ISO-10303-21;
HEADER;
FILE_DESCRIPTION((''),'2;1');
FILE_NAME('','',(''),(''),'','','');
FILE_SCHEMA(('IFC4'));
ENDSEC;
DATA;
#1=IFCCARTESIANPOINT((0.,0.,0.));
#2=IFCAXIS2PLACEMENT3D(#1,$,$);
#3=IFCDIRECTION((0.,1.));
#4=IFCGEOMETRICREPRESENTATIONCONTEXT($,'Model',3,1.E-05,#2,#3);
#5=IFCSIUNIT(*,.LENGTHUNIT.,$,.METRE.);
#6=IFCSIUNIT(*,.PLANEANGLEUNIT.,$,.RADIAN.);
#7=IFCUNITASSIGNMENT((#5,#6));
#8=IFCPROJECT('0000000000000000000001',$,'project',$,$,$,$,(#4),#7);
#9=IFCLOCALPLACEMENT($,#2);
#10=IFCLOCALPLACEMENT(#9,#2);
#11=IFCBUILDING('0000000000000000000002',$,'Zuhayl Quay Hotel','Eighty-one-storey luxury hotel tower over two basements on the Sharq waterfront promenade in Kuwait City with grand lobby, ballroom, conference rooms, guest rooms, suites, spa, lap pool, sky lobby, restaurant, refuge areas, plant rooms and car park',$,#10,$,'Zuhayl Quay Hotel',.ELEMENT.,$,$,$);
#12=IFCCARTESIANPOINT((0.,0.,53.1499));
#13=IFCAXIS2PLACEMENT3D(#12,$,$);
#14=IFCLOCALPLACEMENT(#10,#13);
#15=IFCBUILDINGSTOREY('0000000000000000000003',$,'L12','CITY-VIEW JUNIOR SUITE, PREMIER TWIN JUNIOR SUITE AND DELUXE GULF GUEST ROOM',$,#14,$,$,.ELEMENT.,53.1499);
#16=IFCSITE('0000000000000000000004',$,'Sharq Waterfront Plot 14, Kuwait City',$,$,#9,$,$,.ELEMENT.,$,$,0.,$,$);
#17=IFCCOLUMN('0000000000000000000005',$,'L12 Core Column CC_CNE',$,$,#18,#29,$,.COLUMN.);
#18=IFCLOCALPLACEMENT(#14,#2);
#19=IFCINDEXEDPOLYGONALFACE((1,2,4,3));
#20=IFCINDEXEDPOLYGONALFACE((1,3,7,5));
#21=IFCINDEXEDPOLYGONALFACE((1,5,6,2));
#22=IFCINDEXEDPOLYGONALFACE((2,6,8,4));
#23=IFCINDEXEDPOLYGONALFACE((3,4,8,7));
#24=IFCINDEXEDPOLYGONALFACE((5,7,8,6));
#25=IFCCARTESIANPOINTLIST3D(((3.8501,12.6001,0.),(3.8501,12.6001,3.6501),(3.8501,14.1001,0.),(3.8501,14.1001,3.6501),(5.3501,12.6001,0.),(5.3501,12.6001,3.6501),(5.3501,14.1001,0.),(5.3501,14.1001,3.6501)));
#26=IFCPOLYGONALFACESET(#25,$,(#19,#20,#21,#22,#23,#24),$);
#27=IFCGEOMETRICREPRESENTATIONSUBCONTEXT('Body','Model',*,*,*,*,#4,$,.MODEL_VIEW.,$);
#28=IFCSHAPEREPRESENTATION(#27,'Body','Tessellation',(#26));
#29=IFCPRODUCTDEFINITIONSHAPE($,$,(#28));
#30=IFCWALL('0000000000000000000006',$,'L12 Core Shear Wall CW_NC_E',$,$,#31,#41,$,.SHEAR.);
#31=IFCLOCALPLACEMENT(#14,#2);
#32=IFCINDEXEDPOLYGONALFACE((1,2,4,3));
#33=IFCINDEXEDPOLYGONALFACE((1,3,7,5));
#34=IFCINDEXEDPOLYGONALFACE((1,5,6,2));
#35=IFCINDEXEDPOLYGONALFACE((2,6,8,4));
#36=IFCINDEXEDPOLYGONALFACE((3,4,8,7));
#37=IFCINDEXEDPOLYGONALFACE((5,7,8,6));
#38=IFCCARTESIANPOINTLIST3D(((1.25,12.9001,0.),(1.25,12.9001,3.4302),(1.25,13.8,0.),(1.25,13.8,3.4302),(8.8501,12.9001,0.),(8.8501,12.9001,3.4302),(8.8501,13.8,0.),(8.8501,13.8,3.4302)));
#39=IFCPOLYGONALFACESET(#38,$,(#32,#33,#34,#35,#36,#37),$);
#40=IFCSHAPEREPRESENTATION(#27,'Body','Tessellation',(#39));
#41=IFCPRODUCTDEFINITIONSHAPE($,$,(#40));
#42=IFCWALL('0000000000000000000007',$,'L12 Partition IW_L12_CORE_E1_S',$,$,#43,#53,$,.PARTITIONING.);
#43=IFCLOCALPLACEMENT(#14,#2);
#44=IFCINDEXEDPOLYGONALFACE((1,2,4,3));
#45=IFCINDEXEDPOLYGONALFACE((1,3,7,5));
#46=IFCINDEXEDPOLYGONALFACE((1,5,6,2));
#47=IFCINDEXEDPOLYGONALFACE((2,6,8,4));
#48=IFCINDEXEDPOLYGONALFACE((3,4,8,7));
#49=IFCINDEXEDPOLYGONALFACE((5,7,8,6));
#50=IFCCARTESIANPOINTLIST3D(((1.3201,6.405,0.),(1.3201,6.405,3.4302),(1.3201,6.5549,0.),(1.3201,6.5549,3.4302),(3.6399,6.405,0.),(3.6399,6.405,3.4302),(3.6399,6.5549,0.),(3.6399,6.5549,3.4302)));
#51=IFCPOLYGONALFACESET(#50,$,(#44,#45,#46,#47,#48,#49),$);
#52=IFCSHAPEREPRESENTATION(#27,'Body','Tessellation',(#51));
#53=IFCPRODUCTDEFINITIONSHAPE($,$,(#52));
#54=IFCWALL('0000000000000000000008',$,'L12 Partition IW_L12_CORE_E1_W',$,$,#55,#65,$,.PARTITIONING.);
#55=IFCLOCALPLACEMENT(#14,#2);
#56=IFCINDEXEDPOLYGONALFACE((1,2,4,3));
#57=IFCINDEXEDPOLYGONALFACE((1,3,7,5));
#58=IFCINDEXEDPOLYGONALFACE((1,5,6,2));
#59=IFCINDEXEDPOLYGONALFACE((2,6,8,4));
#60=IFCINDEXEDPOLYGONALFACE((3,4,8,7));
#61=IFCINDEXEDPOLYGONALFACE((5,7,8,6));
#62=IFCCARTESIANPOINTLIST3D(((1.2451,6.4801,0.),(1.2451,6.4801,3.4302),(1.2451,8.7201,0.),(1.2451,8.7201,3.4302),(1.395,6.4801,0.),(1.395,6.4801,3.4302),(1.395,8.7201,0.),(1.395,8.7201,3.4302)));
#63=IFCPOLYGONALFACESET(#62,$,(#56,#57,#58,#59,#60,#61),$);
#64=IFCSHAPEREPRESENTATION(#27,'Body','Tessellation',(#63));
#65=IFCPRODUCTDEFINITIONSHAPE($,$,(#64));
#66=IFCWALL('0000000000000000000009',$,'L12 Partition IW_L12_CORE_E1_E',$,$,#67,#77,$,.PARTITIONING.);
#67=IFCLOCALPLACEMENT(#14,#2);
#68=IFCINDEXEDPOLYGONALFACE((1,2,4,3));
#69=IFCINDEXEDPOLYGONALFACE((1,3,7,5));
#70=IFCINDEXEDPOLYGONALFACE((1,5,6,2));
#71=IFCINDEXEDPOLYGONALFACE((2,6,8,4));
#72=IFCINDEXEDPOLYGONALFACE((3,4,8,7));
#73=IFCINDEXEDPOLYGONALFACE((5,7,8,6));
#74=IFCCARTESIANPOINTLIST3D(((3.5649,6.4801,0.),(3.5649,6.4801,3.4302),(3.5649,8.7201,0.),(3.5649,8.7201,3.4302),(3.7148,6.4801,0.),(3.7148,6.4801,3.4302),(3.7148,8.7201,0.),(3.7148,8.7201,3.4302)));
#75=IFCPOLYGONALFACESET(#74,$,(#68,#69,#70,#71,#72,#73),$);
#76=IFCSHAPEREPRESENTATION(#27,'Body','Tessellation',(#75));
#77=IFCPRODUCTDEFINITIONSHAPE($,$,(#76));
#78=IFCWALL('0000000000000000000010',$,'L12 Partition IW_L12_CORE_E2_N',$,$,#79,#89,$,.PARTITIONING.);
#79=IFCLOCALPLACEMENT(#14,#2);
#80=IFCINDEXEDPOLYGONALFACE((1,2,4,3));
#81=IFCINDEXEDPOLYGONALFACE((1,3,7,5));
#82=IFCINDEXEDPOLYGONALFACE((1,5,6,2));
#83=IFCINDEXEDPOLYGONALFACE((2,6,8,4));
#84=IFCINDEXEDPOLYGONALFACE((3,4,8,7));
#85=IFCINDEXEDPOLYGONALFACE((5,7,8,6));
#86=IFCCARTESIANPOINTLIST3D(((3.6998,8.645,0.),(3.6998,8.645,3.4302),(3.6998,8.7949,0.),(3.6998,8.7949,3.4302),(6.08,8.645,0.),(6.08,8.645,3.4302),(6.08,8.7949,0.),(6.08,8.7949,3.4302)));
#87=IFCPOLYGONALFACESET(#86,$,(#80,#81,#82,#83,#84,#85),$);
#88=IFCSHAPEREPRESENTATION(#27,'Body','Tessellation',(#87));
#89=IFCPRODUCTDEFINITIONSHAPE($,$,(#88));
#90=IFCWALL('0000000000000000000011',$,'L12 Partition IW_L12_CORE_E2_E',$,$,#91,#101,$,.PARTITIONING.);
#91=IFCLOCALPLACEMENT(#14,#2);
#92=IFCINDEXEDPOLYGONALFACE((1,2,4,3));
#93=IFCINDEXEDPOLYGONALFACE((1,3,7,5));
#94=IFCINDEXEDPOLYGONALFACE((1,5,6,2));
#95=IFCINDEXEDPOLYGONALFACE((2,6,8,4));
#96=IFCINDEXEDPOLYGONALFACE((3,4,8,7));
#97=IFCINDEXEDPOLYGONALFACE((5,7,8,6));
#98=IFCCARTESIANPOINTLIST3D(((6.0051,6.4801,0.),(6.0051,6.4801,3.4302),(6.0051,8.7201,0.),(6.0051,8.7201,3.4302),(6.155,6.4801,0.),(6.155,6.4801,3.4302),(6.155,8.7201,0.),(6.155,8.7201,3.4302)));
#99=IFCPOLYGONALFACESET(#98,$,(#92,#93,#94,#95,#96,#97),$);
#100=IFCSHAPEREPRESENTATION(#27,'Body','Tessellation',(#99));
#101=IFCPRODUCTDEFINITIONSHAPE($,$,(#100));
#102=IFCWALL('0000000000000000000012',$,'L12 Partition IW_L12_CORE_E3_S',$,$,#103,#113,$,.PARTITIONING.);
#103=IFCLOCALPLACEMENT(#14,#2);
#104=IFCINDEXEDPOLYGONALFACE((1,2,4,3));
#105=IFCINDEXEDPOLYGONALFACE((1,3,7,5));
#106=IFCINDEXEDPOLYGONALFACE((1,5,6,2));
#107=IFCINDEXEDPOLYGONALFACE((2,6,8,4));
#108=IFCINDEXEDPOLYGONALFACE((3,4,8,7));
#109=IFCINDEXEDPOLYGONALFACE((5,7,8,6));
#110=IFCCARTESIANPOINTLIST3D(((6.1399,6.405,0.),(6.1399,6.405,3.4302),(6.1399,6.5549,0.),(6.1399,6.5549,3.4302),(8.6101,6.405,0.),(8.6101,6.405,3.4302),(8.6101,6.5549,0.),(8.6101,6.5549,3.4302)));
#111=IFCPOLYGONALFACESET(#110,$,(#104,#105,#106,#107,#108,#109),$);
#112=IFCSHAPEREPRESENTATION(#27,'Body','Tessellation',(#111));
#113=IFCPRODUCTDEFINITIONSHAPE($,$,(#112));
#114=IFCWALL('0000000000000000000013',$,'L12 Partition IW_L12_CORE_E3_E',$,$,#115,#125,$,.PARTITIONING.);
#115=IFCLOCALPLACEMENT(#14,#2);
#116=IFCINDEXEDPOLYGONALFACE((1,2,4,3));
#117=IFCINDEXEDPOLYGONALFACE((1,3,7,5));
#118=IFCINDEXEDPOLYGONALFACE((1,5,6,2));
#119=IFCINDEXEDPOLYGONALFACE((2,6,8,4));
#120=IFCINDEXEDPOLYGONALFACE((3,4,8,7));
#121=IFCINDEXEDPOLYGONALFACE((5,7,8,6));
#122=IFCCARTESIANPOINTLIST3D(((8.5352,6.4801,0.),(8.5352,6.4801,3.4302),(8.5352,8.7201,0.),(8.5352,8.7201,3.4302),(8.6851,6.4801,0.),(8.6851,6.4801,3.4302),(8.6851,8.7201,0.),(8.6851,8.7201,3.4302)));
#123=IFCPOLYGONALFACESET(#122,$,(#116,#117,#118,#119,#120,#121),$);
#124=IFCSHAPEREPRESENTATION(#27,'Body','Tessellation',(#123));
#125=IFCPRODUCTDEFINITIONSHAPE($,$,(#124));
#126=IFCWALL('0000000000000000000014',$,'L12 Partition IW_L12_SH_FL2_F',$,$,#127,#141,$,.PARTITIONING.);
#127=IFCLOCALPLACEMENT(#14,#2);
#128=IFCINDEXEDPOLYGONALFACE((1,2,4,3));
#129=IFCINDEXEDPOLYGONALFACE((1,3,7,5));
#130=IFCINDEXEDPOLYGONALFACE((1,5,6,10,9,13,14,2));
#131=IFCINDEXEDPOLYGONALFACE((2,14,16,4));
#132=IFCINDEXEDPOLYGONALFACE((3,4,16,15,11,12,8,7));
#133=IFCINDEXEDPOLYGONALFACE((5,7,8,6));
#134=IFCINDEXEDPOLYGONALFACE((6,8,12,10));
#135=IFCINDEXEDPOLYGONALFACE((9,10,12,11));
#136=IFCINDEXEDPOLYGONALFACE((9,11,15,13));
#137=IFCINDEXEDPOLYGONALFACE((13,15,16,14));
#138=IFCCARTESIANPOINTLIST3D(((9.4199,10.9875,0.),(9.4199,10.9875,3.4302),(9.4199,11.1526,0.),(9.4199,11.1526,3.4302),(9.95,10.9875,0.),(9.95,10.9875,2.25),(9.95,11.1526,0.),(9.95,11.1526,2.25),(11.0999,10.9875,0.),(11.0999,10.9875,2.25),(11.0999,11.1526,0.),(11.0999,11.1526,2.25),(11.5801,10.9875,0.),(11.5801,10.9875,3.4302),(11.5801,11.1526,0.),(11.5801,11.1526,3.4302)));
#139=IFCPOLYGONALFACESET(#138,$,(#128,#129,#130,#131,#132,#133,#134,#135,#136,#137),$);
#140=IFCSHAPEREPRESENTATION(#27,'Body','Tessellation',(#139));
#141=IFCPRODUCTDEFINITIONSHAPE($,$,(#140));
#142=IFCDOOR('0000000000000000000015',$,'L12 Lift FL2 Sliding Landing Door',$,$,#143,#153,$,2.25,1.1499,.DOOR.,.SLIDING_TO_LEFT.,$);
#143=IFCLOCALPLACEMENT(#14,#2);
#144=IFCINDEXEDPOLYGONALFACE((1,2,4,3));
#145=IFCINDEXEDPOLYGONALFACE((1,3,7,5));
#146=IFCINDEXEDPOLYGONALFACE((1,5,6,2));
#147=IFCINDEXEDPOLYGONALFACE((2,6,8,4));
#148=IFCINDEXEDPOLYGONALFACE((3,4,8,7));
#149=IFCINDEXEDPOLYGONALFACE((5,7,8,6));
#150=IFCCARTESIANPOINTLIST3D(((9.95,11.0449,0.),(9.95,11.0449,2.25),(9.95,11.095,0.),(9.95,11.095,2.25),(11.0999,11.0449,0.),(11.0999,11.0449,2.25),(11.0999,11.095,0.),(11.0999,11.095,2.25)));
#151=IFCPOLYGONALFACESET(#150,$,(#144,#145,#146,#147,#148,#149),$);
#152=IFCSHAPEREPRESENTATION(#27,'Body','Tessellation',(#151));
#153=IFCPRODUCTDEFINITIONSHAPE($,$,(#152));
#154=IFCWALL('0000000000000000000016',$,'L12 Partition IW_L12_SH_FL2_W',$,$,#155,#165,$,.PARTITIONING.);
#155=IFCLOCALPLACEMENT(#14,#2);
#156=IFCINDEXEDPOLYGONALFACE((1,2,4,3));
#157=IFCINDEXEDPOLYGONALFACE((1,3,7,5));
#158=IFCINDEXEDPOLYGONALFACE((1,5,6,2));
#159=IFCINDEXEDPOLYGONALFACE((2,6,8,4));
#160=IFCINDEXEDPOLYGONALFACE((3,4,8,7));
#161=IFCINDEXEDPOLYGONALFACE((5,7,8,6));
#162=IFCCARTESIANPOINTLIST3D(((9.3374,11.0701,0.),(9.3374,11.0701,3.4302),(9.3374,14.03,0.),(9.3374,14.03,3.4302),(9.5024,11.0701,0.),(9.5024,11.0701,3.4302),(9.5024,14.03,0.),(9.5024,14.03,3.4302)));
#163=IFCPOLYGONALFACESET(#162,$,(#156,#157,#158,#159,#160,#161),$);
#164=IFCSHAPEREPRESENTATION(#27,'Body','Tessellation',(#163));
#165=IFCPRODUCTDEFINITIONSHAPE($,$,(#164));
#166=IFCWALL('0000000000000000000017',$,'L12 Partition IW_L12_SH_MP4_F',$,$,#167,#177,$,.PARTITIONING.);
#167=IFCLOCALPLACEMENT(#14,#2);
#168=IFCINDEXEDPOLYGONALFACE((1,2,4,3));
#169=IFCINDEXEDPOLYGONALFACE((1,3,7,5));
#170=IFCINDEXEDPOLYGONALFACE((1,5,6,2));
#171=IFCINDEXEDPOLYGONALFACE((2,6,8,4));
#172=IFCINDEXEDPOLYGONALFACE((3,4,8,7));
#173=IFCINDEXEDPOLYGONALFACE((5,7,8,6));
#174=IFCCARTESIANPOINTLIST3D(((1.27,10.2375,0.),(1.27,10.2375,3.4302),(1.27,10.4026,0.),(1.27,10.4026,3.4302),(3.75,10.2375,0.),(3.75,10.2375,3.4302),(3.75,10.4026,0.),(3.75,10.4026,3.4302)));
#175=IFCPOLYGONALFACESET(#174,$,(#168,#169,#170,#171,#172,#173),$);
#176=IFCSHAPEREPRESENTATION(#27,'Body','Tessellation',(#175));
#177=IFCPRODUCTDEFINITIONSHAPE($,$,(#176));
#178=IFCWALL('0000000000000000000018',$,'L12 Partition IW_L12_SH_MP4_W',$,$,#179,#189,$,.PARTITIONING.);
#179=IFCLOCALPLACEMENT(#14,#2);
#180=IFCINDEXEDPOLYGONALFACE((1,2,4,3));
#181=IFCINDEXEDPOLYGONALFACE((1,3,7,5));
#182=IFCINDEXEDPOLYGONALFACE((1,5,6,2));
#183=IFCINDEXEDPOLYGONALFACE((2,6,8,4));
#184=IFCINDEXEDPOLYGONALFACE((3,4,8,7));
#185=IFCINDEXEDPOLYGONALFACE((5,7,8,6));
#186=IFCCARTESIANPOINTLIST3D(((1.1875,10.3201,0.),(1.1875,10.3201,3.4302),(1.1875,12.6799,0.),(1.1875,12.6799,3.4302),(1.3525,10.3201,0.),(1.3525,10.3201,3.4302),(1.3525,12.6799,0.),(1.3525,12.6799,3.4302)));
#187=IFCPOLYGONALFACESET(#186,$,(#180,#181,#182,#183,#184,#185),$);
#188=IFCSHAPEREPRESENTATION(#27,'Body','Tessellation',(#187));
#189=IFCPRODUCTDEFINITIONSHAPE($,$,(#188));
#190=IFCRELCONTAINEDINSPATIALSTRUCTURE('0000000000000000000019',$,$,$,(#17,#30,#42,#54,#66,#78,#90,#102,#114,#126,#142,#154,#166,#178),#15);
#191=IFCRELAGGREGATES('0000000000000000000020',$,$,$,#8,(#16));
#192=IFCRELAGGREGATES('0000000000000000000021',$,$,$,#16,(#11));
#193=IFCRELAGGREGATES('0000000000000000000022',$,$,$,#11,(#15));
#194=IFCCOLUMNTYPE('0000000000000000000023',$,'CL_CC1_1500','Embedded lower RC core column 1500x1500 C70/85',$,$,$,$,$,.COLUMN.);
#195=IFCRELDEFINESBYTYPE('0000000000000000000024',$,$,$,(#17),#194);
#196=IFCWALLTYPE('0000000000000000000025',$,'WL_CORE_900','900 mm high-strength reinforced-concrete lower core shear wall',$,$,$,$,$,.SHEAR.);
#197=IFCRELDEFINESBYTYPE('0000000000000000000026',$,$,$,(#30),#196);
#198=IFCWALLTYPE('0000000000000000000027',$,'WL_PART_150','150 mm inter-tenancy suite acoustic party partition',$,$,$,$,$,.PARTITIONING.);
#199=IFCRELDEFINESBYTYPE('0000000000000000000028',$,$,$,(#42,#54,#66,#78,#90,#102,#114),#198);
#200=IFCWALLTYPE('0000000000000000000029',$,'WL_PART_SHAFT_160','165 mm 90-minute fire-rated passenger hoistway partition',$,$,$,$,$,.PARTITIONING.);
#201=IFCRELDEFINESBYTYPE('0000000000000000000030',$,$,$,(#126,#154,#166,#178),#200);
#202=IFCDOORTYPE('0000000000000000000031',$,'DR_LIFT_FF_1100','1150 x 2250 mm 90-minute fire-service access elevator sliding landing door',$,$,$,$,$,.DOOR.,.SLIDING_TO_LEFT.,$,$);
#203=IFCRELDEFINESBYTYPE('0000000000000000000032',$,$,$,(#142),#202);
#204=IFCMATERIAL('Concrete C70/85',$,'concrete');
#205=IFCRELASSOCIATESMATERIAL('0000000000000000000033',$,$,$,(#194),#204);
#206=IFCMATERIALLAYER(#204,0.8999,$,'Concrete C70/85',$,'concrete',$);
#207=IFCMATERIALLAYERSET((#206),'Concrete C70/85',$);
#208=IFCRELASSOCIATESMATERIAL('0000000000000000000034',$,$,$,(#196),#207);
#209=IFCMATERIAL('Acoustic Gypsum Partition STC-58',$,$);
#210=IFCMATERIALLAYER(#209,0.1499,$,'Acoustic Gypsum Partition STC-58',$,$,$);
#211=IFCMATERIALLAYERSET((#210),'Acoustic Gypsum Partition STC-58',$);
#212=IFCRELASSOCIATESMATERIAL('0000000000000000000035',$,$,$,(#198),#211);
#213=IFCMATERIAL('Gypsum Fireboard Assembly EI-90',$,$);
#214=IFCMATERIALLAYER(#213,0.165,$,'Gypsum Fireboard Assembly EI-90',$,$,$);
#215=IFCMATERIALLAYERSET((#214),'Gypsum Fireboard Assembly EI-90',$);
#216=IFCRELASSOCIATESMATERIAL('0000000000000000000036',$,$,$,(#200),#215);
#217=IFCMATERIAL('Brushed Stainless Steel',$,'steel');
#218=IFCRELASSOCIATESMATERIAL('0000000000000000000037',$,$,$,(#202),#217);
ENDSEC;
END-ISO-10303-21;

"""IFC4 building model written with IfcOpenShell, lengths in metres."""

from ifc_helpers import new_model, si_unit, direction, frame, frame_2d, origin, origin_2d, place, context, subcontext, project, spatial, rectangle, extrude, material, layer, layer_set, material_profile, profile_set, type_object, element, fill, save


model = new_model("IFC4")

# Units and contexts
model_context = context("Model", 3, precision=1e-05, world=origin(), true_north=direction((0.0, 1.0)))
body_context = subcontext(model_context, "Body", "Model", "MODEL_VIEW")
ifc_project = project(units=[si_unit("LENGTHUNIT", "METRE"), si_unit("PLANEANGLEUNIT", "RADIAN")], contexts=[model_context])

# Site, building, storey
site_placement = place(None, origin())
site = spatial("IfcSite", under=ifc_project, at=site_placement, Name="Sharq Waterfront Plot 14, Kuwait City", CompositionType="ELEMENT", RefElevation=0.0)
building_placement = place(site_placement, origin())
building = spatial("IfcBuilding", under=site, at=building_placement, Name="Zuhayl Quay Hotel", Description="Eighty-one-storey luxury hotel tower over two basements on the Sharq waterfront promenade in Kuwait City with grand lobby, ballroom, conference rooms, guest rooms, suites, spa, lap pool, sky lobby, restaurant, refuge areas, plant rooms and car park", LongName="Zuhayl Quay Hotel", CompositionType="ELEMENT")
storey_placement = place(building_placement, frame((0.0, 0.0, 53.1499)))
storey = spatial("IfcBuildingStorey", under=building, at=storey_placement, Name="L12", Description="CITY-VIEW JUNIOR SUITE, PREMIER TWIN JUNIOR SUITE AND DELUXE GULF GUEST ROOM", CompositionType="ELEMENT", Elevation=53.1499)

# Column
ifc_material_1 = material(Name="Concrete C70/85", Category="concrete")
ifc_material_profile = material_profile(ifc_material_1, rectangle(XDim=1.5, YDim=1.5, at=origin_2d()), Name="RC1500X1500")
ifc_profile_set = profile_set([ifc_material_profile], Name="Concrete C70/85")
column_type = type_object("IfcColumnType", Name="CL_CC1_1500", Description="Embedded lower RC core column 1500x1500 C70/85", PredefinedType="COLUMN", material=ifc_profile_set)
column_placement = place(storey_placement, frame((4.6001, 13.3501, 0.0), z_axis=(0.0, 0.0, 1.0), x_axis=(1.0, 0.0, 0.0)))
element("IfcColumn", 1, at=column_placement, inside=storey, type_object=column_type, Name="L12 Core Column CC_CNE", PredefinedType="COLUMN", context=body_context, shape_type="SweptSolid", body=[
    extrude(rectangle(XDim=1.5, YDim=1.5, at=origin_2d()), origin(), (0.0, 0.0, 1.0), 3.6501),
])

# Wall
ifc_layer_1 = layer(ifc_material_1, 0.8999, Name="Concrete C70/85", Category="concrete")
ifc_layer_set_1 = layer_set([ifc_layer_1], Name="Concrete C70/85")
wall_type_1 = type_object("IfcWallType", Name="WL_CORE_900", Description="900 mm high-strength reinforced-concrete lower core shear wall", PredefinedType="SHEAR", material=ifc_layer_set_1)
wall_1_placement = place(storey_placement, frame((1.25, 13.3501, 0.0), z_axis=(0.0, 0.0, 1.0), x_axis=(1.0, 0.0, 0.0)))
element("IfcWall", 2, at=wall_1_placement, inside=storey, type_object=wall_type_1, Name="L12 Core Shear Wall CW_NC_E", PredefinedType="SHEAR", context=body_context, shape_type="SweptSolid", body=[
    extrude(rectangle(XDim=7.6001, YDim=0.8999, at=frame_2d((3.8, 0.0))), origin(), (0.0, 0.0, 1.0), 3.4302),
])

# Shared definitions
ifc_material_2 = material(Name="Acoustic Gypsum Partition STC-58")
ifc_layer_2 = layer(ifc_material_2, 0.1499, Name="Acoustic Gypsum Partition STC-58")
ifc_layer_set_2 = layer_set([ifc_layer_2], Name="Acoustic Gypsum Partition STC-58")
wall_type_2 = type_object("IfcWallType", Name="WL_PART_150", Description="150 mm inter-tenancy suite acoustic party partition", PredefinedType="PARTITIONING", material=ifc_layer_set_2)

# Walls
wall_2_placement = place(storey_placement, frame((1.3201, 6.48, 0.0), z_axis=(0.0, 0.0, 1.0), x_axis=(1.0, 0.0, 0.0)))
element("IfcWall", 3, at=wall_2_placement, inside=storey, type_object=wall_type_2, Name="L12 Partition IW_L12_CORE_E1_S", PredefinedType="PARTITIONING", context=body_context, shape_type="SweptSolid", body=[
    extrude(rectangle(XDim=2.3198, YDim=0.1499, at=frame_2d((1.1599, 0.0))), origin(), (0.0, 0.0, 1.0), 3.4302),
])
for number, where, z_axis, x_axis, name in (
    (4, (1.3201, 6.48, 0.0), (0.0, 0.0, 1.0), (0.0, 1.0, 0.0), "L12 Partition IW_L12_CORE_E1_W"),
    (5, (3.6399, 6.48, 0.0), (0.0, 0.0, 1.0), (0.0, 1.0, 0.0), "L12 Partition IW_L12_CORE_E1_E"),
):
    element("IfcWall", number, at=place(storey_placement, frame(where, z_axis=z_axis, x_axis=x_axis)), inside=storey, type_object=wall_type_2, Name=name, PredefinedType="PARTITIONING", context=body_context, shape_type="SweptSolid", body=[
        extrude(rectangle(XDim=2.24, YDim=0.1499, at=frame_2d((1.1201, 0.0))), origin(), (0.0, 0.0, 1.0), 3.4302),
    ])
wall_3_placement = place(storey_placement, frame((3.7, 8.72, 0.0), z_axis=(0.0, 0.0, 1.0), x_axis=(1.0, 0.0, 0.0)))
element("IfcWall", 6, at=wall_3_placement, inside=storey, type_object=wall_type_2, Name="L12 Partition IW_L12_CORE_E2_N", PredefinedType="PARTITIONING", context=body_context, shape_type="SweptSolid", body=[
    extrude(rectangle(XDim=2.3801, YDim=0.1499, at=frame_2d((1.1899, 0.0))), origin(), (0.0, 0.0, 1.0), 3.4302),
])
wall_4_placement = place(storey_placement, frame((6.0801, 6.48, 0.0), z_axis=(0.0, 0.0, 1.0), x_axis=(0.0, 1.0, 0.0)))
element("IfcWall", 7, at=wall_4_placement, inside=storey, type_object=wall_type_2, Name="L12 Partition IW_L12_CORE_E2_E", PredefinedType="PARTITIONING", context=body_context, shape_type="SweptSolid", body=[
    extrude(rectangle(XDim=2.24, YDim=0.1499, at=frame_2d((1.1201, 0.0))), origin(), (0.0, 0.0, 1.0), 3.4302),
])
wall_5_placement = place(storey_placement, frame((6.1399, 6.48, 0.0), z_axis=(0.0, 0.0, 1.0), x_axis=(1.0, 0.0, 0.0)))
element("IfcWall", 8, at=wall_5_placement, inside=storey, type_object=wall_type_2, Name="L12 Partition IW_L12_CORE_E3_S", PredefinedType="PARTITIONING", context=body_context, shape_type="SweptSolid", body=[
    extrude(rectangle(XDim=2.4702, YDim=0.1499, at=frame_2d((1.2351, 0.0))), origin(), (0.0, 0.0, 1.0), 3.4302),
])
wall_6_placement = place(storey_placement, frame((8.6101, 6.48, 0.0), z_axis=(0.0, 0.0, 1.0), x_axis=(0.0, 1.0, 0.0)))
element("IfcWall", 9, at=wall_6_placement, inside=storey, type_object=wall_type_2, Name="L12 Partition IW_L12_CORE_E3_E", PredefinedType="PARTITIONING", context=body_context, shape_type="SweptSolid", body=[
    extrude(rectangle(XDim=2.24, YDim=0.1499, at=frame_2d((1.1201, 0.0))), origin(), (0.0, 0.0, 1.0), 3.4302),
])

# Wall, opening, door
ifc_material_3 = material(Name="Gypsum Fireboard Assembly EI-90")
ifc_layer_3 = layer(ifc_material_3, 0.165, Name="Gypsum Fireboard Assembly EI-90")
ifc_layer_set_3 = layer_set([ifc_layer_3], Name="Gypsum Fireboard Assembly EI-90")
wall_type_3 = type_object("IfcWallType", Name="WL_PART_SHAFT_160", Description="165 mm 90-minute fire-rated passenger hoistway partition", PredefinedType="PARTITIONING", material=ifc_layer_set_3)
wall_7_placement = place(storey_placement, frame((9.4199, 11.0701, 0.0), z_axis=(0.0, 0.0, 1.0), x_axis=(1.0, 0.0, 0.0)))
wall_7 = element("IfcWall", 10, at=wall_7_placement, inside=storey, type_object=wall_type_3, Name="L12 Partition IW_L12_SH_FL2_F", PredefinedType="PARTITIONING", context=body_context, shape_type="SweptSolid", body=[
    extrude(rectangle(XDim=2.1602, YDim=0.165, at=frame_2d((1.0801, 0.0))), origin(), (0.0, 0.0, 1.0), 3.4302),
])
opening_1_placement = place(wall_7_placement, frame((0.53, 0.0, 0.0)))
opening_1 = element("IfcOpeningElement", 11, at=opening_1_placement, cuts=wall_7, PredefinedType="OPENING", context=body_context, shape_type="SweptSolid", body=[
    extrude(rectangle(XDim=1.1499, YDim=2.25, at=frame_2d((0.575, 1.125))), frame((0.0, 0.0925, 0.0), z_axis=(0.0, -1.0, 0.0), x_axis=(1.0, 0.0, 0.0)), (0.0, 0.0, 1.0), 0.1851),
])
ifc_material_4 = material(Name="Brushed Stainless Steel", Category="steel")
door_type_1 = type_object("IfcDoorType", Name="DR_LIFT_FF_1100", Description="1150 x 2250 mm 90-minute fire-service access elevator sliding landing door", OperationType="SLIDING_TO_LEFT", PredefinedType="DOOR", material=ifc_material_4)
door_1_placement = place(opening_1_placement, origin())
door_1 = element("IfcDoor", 12, at=door_1_placement, inside=storey, type_object=door_type_1, Name="L12 Lift FL2 Sliding Landing Door", OperationType="SLIDING_TO_LEFT", OverallHeight=2.25, OverallWidth=1.1499, PredefinedType="DOOR", context=body_context, shape_type="SweptSolid", body=[
    extrude(rectangle(XDim=1.1499, YDim=2.25, at=frame_2d((0.575, 1.125))), frame((0.0, 0.0249, 0.0), z_axis=(0.0, -1.0, 0.0), x_axis=(1.0, 0.0, 0.0)), (0.0, 0.0, 1.0), 0.05),
])
fill(opening_1, door_1)

# Walls
wall_8_placement = place(storey_placement, frame((9.4199, 11.0701, 0.0), z_axis=(0.0, 0.0, 1.0), x_axis=(0.0, 1.0, 0.0)))
element("IfcWall", 13, at=wall_8_placement, inside=storey, type_object=wall_type_3, Name="L12 Partition IW_L12_SH_FL2_W", PredefinedType="PARTITIONING", context=body_context, shape_type="SweptSolid", body=[
    extrude(rectangle(XDim=2.96, YDim=0.165, at=frame_2d((1.48, 0.0))), origin(), (0.0, 0.0, 1.0), 3.4302),
])
wall_9_placement = place(storey_placement, frame((1.27, 10.3201, 0.0), z_axis=(0.0, 0.0, 1.0), x_axis=(1.0, 0.0, 0.0)))
element("IfcWall", 14, at=wall_9_placement, inside=storey, type_object=wall_type_3, Name="L12 Partition IW_L12_SH_MP4_F", PredefinedType="PARTITIONING", context=body_context, shape_type="SweptSolid", body=[
    extrude(rectangle(XDim=2.48, YDim=0.165, at=frame_2d((1.24, 0.0))), origin(), (0.0, 0.0, 1.0), 3.4302),
])
for number, where, z_axis, x_axis, name in (
    (15, (1.27, 10.3201, 0.0), (0.0, 0.0, 1.0), (0.0, 1.0, 0.0), "L12 Partition IW_L12_SH_MP4_W"),
):
    element("IfcWall", number, at=place(storey_placement, frame(where, z_axis=z_axis, x_axis=x_axis)), inside=storey, type_object=wall_type_3, Name=name, PredefinedType="PARTITIONING", context=body_context, shape_type="SweptSolid", body=[
        extrude(rectangle(XDim=2.3599, YDim=0.165, at=frame_2d((1.1799, 0.0))), origin(), (0.0, 0.0, 1.0), 3.4302),
    ])

save(model, "model.ifc")
